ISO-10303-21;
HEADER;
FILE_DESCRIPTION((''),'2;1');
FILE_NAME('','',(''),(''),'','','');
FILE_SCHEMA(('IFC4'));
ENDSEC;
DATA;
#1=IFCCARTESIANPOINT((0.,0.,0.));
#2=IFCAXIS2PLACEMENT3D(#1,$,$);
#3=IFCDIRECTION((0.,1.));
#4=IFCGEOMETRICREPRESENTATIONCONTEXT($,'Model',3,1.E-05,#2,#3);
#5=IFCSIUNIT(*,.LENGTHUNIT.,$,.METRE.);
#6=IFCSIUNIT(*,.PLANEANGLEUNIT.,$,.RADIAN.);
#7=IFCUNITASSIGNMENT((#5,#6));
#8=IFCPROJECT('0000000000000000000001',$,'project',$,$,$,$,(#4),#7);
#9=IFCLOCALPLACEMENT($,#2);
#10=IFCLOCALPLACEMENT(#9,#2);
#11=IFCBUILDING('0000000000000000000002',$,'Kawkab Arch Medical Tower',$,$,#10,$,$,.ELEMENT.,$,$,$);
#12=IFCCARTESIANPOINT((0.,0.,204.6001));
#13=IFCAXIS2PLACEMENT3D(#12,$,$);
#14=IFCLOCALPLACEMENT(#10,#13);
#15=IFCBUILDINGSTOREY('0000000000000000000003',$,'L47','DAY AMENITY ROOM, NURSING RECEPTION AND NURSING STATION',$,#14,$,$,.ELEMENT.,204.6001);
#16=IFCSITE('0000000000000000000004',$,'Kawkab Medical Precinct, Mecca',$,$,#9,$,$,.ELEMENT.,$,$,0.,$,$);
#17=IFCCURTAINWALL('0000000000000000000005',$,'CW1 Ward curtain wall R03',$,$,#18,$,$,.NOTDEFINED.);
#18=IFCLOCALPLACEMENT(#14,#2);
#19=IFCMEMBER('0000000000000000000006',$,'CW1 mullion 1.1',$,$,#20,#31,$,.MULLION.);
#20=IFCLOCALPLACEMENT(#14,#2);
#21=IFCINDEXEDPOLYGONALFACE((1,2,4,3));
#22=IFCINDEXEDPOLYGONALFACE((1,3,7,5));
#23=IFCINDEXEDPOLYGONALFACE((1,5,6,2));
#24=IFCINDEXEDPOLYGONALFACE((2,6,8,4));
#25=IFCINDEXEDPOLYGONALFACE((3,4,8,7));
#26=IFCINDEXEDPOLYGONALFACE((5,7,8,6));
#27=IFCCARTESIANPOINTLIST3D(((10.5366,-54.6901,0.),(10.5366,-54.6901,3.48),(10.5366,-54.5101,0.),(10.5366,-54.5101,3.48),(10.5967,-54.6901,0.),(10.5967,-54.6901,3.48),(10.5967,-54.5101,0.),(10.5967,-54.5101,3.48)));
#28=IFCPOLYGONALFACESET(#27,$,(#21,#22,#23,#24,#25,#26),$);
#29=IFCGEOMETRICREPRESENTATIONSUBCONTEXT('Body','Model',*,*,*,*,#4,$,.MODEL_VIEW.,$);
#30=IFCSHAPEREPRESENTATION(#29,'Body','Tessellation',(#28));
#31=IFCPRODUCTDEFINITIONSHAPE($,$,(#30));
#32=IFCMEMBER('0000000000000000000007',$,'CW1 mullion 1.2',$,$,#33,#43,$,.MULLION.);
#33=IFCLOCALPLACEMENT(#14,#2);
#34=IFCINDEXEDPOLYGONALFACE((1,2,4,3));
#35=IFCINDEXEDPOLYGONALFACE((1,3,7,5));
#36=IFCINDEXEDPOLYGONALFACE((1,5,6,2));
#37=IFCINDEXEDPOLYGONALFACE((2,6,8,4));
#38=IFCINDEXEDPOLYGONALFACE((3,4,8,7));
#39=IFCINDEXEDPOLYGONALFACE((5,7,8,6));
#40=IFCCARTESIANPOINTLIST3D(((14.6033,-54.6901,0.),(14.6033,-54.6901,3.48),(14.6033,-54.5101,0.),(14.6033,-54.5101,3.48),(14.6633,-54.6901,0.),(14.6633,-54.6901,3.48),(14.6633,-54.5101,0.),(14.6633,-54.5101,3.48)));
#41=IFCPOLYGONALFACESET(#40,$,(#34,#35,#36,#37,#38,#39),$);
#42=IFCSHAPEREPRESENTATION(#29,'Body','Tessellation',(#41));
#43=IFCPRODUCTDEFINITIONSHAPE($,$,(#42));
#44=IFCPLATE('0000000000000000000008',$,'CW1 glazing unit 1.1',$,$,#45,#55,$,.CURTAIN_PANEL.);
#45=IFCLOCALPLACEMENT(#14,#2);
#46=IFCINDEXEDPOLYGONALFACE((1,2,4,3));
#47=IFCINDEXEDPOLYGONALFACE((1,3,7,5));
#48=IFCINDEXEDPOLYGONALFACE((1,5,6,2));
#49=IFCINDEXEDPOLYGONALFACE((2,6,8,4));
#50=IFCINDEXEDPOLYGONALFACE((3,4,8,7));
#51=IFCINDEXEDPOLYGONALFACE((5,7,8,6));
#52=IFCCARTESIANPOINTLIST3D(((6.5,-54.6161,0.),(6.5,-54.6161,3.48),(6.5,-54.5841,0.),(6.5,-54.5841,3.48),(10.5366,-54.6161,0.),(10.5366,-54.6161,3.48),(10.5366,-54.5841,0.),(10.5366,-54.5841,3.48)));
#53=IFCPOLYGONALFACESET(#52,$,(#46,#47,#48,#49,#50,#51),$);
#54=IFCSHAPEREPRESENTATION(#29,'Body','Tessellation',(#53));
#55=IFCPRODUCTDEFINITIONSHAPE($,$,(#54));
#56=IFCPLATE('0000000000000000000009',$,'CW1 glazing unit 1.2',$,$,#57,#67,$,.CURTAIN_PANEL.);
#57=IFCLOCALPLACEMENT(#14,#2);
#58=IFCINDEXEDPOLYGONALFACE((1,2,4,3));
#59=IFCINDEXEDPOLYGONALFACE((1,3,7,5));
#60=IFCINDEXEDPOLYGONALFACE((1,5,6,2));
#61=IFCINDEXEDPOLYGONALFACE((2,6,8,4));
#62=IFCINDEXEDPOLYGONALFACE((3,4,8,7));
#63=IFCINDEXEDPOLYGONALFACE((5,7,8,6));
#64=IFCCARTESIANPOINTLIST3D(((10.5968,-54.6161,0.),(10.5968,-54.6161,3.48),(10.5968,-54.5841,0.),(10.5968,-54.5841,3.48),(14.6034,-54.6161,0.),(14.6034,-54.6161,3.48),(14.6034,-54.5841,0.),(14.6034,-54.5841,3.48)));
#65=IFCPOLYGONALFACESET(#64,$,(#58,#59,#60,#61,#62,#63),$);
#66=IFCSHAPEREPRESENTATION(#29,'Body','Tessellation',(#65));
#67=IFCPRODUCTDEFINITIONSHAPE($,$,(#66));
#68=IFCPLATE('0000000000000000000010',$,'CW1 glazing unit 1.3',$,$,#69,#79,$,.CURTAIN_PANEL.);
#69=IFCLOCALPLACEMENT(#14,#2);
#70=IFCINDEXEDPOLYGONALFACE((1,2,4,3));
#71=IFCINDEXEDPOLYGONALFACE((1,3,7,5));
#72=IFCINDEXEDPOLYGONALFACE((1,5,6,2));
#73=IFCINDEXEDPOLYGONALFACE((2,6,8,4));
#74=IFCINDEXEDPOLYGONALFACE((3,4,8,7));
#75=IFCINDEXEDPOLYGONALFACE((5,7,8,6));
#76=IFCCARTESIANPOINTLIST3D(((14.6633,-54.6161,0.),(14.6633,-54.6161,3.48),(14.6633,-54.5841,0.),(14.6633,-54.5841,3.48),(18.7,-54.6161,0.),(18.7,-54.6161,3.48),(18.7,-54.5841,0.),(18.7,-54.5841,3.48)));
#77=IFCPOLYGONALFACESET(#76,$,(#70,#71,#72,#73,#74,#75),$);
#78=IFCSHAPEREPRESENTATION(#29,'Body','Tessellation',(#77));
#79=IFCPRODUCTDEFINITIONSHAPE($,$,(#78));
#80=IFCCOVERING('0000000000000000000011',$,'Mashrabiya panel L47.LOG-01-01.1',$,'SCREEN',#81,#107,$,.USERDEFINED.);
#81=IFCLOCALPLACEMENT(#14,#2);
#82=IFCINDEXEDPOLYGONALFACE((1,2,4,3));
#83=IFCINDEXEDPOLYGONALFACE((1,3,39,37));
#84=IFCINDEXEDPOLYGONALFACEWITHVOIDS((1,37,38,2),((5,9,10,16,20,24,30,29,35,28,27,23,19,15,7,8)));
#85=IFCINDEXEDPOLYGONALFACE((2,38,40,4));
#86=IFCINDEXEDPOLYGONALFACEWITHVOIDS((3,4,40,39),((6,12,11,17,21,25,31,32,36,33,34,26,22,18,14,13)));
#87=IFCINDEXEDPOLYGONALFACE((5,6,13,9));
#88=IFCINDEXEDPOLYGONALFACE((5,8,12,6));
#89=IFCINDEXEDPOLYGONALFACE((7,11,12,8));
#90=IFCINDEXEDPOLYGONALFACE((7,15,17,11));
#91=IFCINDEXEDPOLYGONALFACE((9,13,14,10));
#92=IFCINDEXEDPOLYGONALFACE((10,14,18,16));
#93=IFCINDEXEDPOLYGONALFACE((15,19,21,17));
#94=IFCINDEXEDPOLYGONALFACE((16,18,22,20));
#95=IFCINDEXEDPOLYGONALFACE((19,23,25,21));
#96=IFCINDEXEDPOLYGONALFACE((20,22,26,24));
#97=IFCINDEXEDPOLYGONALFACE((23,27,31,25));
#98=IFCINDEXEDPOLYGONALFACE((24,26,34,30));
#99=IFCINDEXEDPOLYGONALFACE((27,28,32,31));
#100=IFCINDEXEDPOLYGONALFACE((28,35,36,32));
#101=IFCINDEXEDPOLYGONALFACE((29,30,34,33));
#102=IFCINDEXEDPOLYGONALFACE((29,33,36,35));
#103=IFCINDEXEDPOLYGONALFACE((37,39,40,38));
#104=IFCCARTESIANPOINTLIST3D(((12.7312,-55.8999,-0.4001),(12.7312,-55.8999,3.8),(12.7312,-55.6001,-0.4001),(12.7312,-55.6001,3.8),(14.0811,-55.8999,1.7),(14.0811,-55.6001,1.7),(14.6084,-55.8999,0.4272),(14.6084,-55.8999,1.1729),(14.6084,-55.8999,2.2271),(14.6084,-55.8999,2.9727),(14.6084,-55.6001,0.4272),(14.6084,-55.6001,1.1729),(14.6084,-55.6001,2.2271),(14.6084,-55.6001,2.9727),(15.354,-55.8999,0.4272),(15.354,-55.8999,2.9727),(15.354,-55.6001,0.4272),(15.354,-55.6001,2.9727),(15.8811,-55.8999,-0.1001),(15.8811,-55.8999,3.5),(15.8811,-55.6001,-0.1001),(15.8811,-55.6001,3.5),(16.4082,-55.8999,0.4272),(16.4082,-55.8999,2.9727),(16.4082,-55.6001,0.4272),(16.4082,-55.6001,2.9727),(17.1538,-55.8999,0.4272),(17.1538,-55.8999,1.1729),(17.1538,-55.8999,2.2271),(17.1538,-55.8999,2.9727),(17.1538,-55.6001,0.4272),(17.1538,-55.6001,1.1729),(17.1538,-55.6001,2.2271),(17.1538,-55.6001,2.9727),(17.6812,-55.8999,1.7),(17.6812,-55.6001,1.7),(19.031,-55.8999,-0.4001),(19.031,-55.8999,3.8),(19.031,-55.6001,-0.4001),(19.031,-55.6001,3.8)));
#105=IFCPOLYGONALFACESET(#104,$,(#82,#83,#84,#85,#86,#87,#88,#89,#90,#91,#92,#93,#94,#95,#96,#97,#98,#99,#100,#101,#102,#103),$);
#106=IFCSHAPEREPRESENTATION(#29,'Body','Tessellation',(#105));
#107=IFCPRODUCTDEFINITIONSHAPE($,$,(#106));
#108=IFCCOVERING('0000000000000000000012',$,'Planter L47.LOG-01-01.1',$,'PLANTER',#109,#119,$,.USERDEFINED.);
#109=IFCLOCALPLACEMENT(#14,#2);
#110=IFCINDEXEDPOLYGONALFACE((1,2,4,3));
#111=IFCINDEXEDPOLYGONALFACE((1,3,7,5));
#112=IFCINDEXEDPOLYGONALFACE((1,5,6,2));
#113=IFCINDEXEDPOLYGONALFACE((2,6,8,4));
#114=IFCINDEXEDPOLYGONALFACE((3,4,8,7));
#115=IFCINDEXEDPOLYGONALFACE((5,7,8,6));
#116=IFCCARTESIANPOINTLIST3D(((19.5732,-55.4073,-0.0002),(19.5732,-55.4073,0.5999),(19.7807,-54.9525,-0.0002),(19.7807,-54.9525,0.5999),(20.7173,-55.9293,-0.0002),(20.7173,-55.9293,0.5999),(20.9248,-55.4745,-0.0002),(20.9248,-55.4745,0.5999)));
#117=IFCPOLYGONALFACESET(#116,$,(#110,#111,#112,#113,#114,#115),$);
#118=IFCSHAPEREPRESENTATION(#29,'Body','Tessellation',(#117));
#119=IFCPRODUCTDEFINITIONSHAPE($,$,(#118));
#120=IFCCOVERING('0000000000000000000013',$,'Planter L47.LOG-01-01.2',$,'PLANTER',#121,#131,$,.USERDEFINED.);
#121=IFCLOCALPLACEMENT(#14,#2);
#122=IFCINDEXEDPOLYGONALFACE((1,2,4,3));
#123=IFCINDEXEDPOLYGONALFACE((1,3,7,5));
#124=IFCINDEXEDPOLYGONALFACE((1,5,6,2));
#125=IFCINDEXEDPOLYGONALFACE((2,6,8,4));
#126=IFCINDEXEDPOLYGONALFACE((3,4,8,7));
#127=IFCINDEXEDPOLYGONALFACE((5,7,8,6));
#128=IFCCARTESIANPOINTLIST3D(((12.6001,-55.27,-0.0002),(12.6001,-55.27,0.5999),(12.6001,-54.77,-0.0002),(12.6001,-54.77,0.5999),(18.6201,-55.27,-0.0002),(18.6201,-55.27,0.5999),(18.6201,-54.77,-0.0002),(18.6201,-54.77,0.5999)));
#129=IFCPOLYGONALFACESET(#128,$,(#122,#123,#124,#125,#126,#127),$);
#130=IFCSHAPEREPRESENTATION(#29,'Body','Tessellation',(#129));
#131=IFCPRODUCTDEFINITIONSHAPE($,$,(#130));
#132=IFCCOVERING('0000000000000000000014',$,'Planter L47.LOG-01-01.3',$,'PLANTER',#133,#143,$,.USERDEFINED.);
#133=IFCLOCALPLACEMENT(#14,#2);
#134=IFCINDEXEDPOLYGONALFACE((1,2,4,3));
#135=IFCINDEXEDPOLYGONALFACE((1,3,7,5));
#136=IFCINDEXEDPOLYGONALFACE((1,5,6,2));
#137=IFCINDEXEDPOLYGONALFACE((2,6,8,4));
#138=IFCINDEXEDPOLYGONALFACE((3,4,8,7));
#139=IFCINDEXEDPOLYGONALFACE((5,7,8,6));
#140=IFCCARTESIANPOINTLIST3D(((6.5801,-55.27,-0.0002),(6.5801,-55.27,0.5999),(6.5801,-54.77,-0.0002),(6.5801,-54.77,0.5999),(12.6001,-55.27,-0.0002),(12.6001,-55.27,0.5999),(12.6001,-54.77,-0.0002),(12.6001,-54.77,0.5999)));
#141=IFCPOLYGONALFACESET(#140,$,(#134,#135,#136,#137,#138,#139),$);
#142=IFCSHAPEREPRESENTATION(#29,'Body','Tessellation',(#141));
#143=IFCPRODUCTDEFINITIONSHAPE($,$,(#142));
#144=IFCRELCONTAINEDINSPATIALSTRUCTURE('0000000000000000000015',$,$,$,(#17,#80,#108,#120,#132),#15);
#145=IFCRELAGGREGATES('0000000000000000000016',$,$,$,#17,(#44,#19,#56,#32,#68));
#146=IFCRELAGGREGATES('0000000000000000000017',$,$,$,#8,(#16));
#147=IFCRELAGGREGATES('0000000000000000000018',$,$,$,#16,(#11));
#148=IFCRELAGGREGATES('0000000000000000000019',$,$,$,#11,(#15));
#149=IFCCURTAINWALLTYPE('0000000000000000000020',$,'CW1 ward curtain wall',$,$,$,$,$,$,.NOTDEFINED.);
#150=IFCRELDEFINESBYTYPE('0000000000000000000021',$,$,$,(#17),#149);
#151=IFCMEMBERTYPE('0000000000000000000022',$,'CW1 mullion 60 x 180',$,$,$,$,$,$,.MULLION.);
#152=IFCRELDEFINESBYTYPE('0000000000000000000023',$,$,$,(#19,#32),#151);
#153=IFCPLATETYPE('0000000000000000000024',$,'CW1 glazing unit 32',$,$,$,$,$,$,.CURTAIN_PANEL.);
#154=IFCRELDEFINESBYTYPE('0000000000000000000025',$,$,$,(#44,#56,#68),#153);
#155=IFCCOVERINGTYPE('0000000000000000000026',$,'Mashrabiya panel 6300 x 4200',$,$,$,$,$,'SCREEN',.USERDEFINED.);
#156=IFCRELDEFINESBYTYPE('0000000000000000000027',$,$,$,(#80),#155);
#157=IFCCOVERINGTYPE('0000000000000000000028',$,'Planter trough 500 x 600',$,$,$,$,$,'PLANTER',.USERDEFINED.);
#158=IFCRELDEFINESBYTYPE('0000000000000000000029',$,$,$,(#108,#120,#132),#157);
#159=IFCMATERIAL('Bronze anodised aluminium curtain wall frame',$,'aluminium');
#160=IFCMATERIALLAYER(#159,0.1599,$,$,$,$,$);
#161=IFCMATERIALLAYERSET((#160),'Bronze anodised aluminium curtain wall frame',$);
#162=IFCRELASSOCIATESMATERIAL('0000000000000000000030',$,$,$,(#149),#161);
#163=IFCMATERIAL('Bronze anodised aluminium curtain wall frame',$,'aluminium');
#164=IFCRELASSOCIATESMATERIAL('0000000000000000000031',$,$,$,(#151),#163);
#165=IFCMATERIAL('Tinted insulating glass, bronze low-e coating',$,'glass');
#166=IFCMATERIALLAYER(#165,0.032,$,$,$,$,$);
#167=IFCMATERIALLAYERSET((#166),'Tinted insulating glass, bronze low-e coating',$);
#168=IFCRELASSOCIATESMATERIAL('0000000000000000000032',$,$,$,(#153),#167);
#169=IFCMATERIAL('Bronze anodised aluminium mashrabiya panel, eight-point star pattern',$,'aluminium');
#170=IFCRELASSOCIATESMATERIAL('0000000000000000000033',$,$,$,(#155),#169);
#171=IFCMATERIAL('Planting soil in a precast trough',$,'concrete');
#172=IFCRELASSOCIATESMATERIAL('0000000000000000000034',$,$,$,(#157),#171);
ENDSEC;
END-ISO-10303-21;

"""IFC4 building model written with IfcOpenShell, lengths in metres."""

from ifc_helpers import new_model, si_unit, direction, frame, origin, origin_2d, place, context, subcontext, project, spatial, polyline, rectangle, outline, extrude, material, layer, layer_set, material_profile, profile_set, type_object, element, aggregate, save


model = new_model("IFC4")

# Units and contexts
model_context = context("Model", 3, precision=1e-05, world=origin(), true_north=direction((0.0, 1.0)))
body_context = subcontext(model_context, "Body", "Model", "MODEL_VIEW")
ifc_project = project(units=[si_unit("LENGTHUNIT", "METRE"), si_unit("PLANEANGLEUNIT", "RADIAN")], contexts=[model_context])

# Site, building, storey
site_placement = place(None, origin())
site = spatial("IfcSite", under=ifc_project, at=site_placement, Name="Kawkab Medical Precinct, Mecca", CompositionType="ELEMENT", RefElevation=0.0)
building_placement = place(site_placement, origin())
building = spatial("IfcBuilding", under=site, at=building_placement, Name="Kawkab Arch Medical Tower", CompositionType="ELEMENT")
storey_placement = place(building_placement, frame((0.0, 0.0, 204.6001)))
storey = spatial("IfcBuildingStorey", under=building, at=storey_placement, Name="L47", Description="DAY AMENITY ROOM, NURSING RECEPTION AND NURSING STATION", CompositionType="ELEMENT", Elevation=204.6001)

# Curtain wall, members, plates
ifc_material_1 = material(Name="Bronze anodised aluminium curtain wall frame", Category="aluminium")
ifc_layer_1 = layer(ifc_material_1, 0.1599)
ifc_layer_set_1 = layer_set([ifc_layer_1], Name="Bronze anodised aluminium curtain wall frame")
curtain_wall_type = type_object("IfcCurtainWallType", Name="CW1 ward curtain wall", PredefinedType="NOTDEFINED", material=ifc_layer_set_1)
curtain_wall_placement = place(storey_placement, origin())
curtain_wall = element("IfcCurtainWall", 1, at=curtain_wall_placement, inside=storey, type_object=curtain_wall_type, Name="CW1 Ward curtain wall R03", PredefinedType="NOTDEFINED")
ifc_material_2 = material(Name="Bronze anodised aluminium curtain wall frame", Category="aluminium")
ifc_material_profile_1 = material_profile(ifc_material_2, rectangle(XDim=0.1799, YDim=0.0601, at=origin_2d()), Name="AL 60x180")
ifc_profile_set_1 = profile_set([ifc_material_profile_1], Name="Bronze anodised aluminium curtain wall frame")
member_type = type_object("IfcMemberType", Name="CW1 mullion 60 x 180", PredefinedType="MULLION", material=ifc_profile_set_1)
member_1_placement = place(storey_placement, frame((10.5667, -54.6001, 0.0), z_axis=(0.0, 0.0, 1.0), x_axis=(0.0, 1.0, 0.0)))
member_1 = element("IfcMember", 2, at=member_1_placement, type_object=member_type, Name="CW1 mullion 1.1", PredefinedType="MULLION", context=body_context, shape_type="SweptSolid", body=[
    extrude(rectangle(XDim=0.1799, YDim=0.0601, at=origin_2d()), origin(), (0.0, 0.0, 1.0), 3.48),
])
member_2_placement = place(storey_placement, frame((14.6333, -54.6001, 0.0), z_axis=(0.0, 0.0, 1.0), x_axis=(0.0, 1.0, 0.0)))
member_2 = element("IfcMember", 3, at=member_2_placement, type_object=member_type, Name="CW1 mullion 1.2", PredefinedType="MULLION", context=body_context, shape_type="SweptSolid", body=[
    extrude(rectangle(XDim=0.1799, YDim=0.0601, at=origin_2d()), origin(), (0.0, 0.0, 1.0), 3.48),
])
ifc_material_3 = material(Name="Tinted insulating glass, bronze low-e coating", Category="glass")
ifc_layer_2 = layer(ifc_material_3, 0.032)
ifc_layer_set_2 = layer_set([ifc_layer_2], Name="Tinted insulating glass, bronze low-e coating")
plate_type = type_object("IfcPlateType", Name="CW1 glazing unit 32", PredefinedType="CURTAIN_PANEL", material=ifc_layer_set_2)
plate_1_placement = place(storey_placement, frame((8.5183, -54.6001, 0.0), z_axis=(0.0, 0.0, 1.0), x_axis=(1.0, 0.0, 0.0)))
plate_1 = element("IfcPlate", 4, at=plate_1_placement, type_object=plate_type, Name="CW1 glazing unit 1.1", PredefinedType="CURTAIN_PANEL", context=body_context, shape_type="SweptSolid", body=[
    extrude(rectangle(XDim=4.0366, YDim=0.032, at=origin_2d()), origin(), (0.0, 0.0, 1.0), 3.48),
])
plate_2_placement = place(storey_placement, frame((12.6001, -54.6001, 0.0), z_axis=(0.0, 0.0, 1.0), x_axis=(1.0, 0.0, 0.0)))
plate_2 = element("IfcPlate", 5, at=plate_2_placement, type_object=plate_type, Name="CW1 glazing unit 1.2", PredefinedType="CURTAIN_PANEL", context=body_context, shape_type="SweptSolid", body=[
    extrude(rectangle(XDim=4.0066, YDim=0.032, at=origin_2d()), origin(), (0.0, 0.0, 1.0), 3.48),
])
plate_3_placement = place(storey_placement, frame((16.6816, -54.6001, 0.0), z_axis=(0.0, 0.0, 1.0), x_axis=(1.0, 0.0, 0.0)))
plate_3 = element("IfcPlate", 6, at=plate_3_placement, type_object=plate_type, Name="CW1 glazing unit 1.3", PredefinedType="CURTAIN_PANEL", context=body_context, shape_type="SweptSolid", body=[
    extrude(rectangle(XDim=4.0366, YDim=0.032, at=origin_2d()), origin(), (0.0, 0.0, 1.0), 3.48),
])
aggregate(curtain_wall, [plate_1, member_1, plate_2, member_2, plate_3])

# Coverings
ifc_material_4 = material(Name="Bronze anodised aluminium mashrabiya panel, eight-point star pattern", Category="aluminium")
ifc_material_profile_2 = material_profile(ifc_material_4, outline(polyline([(-3.1499, -2.1001), (3.1499, -2.1001), (3.1499, 2.1001), (-3.1499, 2.1001), (-3.1499, -2.1001)]), holes=[polyline([(1.8, 0.0), (1.2727, 0.5271), (1.2727, 1.2727), (0.5271, 1.2727), (0.0, 1.8), (-0.5271, 1.2727), (-1.2727, 1.2727), (-1.2727, 0.5271), (-1.8, 0.0), (-1.2727, -0.5271), (-1.2727, -1.2727), (-0.5271, -1.2727), (0.0, -1.8), (0.5271, -1.2727), (1.2727, -1.2727), (1.2727, -0.5271), (1.8, 0.0)])]), Name="Mashrabiya panel 6300x4200")
ifc_profile_set_2 = profile_set([ifc_material_profile_2], Name="Bronze anodised aluminium mashrabiya panel, eight-point star pattern")
covering_type_1 = type_object("IfcCoveringType", Name="Mashrabiya panel 6300 x 4200", ElementType="SCREEN", PredefinedType="USERDEFINED", material=ifc_profile_set_2)
covering_1_placement = place(storey_placement, frame((15.8811, -55.6001, 1.7), z_axis=(0.0, -1.0, 0.0), x_axis=(1.0, 0.0, 0.0)))
element("IfcCovering", 7, at=covering_1_placement, inside=storey, type_object=covering_type_1, Name="Mashrabiya panel L47.LOG-01-01.1", ObjectType="SCREEN", PredefinedType="USERDEFINED", context=body_context, shape_type="SweptSolid", body=[
    extrude(outline(polyline([(-3.1499, -2.1001), (3.1499, -2.1001), (3.1499, 2.1001), (-3.1499, 2.1001), (-3.1499, -2.1001)]), holes=[polyline([(1.8, 0.0), (1.2727, 0.5271), (1.2727, 1.2727), (0.5271, 1.2727), (0.0, 1.8), (-0.5271, 1.2727), (-1.2727, 1.2727), (-1.2727, 0.5271), (-1.8, 0.0), (-1.2727, -0.5271), (-1.2727, -1.2727), (-0.5271, -1.2727), (0.0, -1.8), (0.5271, -1.2727), (1.2727, -1.2727), (1.2727, -0.5271), (1.8, 0.0)])]), origin(), (0.0, 0.0, 1.0), 0.2998),
])
ifc_material_5 = material(Name="Planting soil in a precast trough", Category="concrete")
ifc_material_profile_3 = material_profile(ifc_material_5, rectangle(XDim=0.5, YDim=0.6001, at=origin_2d()), Name="Trough 500x600")
ifc_profile_set_3 = profile_set([ifc_material_profile_3], Name="Planting soil in a precast trough")
covering_type_2 = type_object("IfcCoveringType", Name="Planter trough 500 x 600", ElementType="PLANTER", PredefinedType="USERDEFINED", material=ifc_profile_set_3)
covering_2_placement = place(storey_placement, frame((20.821, -55.7019, 0.2998), z_axis=(-0.90978, 0.41509, 0.0), x_axis=(-0.41509, -0.90978, 0.0)))
element("IfcCovering", 8, at=covering_2_placement, inside=storey, type_object=covering_type_2, Name="Planter L47.LOG-01-01.1", ObjectType="PLANTER", PredefinedType="USERDEFINED", context=body_context, shape_type="SweptSolid", body=[
    extrude(rectangle(XDim=0.5, YDim=0.6001, at=origin_2d()), origin(), (0.0, 0.0, 1.0), 1.2576),
])
for number, where, z_axis, x_axis, name in (
    (9, (18.6201, -55.02, 0.2998), (-1.0, 0.0, 0.0), (0.0, -1.0, 0.0), "Planter L47.LOG-01-01.2"),
    (10, (12.6001, -55.02, 0.2998), (-1.0, 0.0, 0.0), (0.0, -1.0, 0.0), "Planter L47.LOG-01-01.3"),
):
    element("IfcCovering", number, at=place(storey_placement, frame(where, z_axis=z_axis, x_axis=x_axis)), inside=storey, type_object=covering_type_2, Name=name, ObjectType="PLANTER", PredefinedType="USERDEFINED", context=body_context, shape_type="SweptSolid", body=[
        extrude(rectangle(XDim=0.5, YDim=0.6001, at=origin_2d()), origin(), (0.0, 0.0, 1.0), 6.02),
    ])

save(model, "model.ifc")
